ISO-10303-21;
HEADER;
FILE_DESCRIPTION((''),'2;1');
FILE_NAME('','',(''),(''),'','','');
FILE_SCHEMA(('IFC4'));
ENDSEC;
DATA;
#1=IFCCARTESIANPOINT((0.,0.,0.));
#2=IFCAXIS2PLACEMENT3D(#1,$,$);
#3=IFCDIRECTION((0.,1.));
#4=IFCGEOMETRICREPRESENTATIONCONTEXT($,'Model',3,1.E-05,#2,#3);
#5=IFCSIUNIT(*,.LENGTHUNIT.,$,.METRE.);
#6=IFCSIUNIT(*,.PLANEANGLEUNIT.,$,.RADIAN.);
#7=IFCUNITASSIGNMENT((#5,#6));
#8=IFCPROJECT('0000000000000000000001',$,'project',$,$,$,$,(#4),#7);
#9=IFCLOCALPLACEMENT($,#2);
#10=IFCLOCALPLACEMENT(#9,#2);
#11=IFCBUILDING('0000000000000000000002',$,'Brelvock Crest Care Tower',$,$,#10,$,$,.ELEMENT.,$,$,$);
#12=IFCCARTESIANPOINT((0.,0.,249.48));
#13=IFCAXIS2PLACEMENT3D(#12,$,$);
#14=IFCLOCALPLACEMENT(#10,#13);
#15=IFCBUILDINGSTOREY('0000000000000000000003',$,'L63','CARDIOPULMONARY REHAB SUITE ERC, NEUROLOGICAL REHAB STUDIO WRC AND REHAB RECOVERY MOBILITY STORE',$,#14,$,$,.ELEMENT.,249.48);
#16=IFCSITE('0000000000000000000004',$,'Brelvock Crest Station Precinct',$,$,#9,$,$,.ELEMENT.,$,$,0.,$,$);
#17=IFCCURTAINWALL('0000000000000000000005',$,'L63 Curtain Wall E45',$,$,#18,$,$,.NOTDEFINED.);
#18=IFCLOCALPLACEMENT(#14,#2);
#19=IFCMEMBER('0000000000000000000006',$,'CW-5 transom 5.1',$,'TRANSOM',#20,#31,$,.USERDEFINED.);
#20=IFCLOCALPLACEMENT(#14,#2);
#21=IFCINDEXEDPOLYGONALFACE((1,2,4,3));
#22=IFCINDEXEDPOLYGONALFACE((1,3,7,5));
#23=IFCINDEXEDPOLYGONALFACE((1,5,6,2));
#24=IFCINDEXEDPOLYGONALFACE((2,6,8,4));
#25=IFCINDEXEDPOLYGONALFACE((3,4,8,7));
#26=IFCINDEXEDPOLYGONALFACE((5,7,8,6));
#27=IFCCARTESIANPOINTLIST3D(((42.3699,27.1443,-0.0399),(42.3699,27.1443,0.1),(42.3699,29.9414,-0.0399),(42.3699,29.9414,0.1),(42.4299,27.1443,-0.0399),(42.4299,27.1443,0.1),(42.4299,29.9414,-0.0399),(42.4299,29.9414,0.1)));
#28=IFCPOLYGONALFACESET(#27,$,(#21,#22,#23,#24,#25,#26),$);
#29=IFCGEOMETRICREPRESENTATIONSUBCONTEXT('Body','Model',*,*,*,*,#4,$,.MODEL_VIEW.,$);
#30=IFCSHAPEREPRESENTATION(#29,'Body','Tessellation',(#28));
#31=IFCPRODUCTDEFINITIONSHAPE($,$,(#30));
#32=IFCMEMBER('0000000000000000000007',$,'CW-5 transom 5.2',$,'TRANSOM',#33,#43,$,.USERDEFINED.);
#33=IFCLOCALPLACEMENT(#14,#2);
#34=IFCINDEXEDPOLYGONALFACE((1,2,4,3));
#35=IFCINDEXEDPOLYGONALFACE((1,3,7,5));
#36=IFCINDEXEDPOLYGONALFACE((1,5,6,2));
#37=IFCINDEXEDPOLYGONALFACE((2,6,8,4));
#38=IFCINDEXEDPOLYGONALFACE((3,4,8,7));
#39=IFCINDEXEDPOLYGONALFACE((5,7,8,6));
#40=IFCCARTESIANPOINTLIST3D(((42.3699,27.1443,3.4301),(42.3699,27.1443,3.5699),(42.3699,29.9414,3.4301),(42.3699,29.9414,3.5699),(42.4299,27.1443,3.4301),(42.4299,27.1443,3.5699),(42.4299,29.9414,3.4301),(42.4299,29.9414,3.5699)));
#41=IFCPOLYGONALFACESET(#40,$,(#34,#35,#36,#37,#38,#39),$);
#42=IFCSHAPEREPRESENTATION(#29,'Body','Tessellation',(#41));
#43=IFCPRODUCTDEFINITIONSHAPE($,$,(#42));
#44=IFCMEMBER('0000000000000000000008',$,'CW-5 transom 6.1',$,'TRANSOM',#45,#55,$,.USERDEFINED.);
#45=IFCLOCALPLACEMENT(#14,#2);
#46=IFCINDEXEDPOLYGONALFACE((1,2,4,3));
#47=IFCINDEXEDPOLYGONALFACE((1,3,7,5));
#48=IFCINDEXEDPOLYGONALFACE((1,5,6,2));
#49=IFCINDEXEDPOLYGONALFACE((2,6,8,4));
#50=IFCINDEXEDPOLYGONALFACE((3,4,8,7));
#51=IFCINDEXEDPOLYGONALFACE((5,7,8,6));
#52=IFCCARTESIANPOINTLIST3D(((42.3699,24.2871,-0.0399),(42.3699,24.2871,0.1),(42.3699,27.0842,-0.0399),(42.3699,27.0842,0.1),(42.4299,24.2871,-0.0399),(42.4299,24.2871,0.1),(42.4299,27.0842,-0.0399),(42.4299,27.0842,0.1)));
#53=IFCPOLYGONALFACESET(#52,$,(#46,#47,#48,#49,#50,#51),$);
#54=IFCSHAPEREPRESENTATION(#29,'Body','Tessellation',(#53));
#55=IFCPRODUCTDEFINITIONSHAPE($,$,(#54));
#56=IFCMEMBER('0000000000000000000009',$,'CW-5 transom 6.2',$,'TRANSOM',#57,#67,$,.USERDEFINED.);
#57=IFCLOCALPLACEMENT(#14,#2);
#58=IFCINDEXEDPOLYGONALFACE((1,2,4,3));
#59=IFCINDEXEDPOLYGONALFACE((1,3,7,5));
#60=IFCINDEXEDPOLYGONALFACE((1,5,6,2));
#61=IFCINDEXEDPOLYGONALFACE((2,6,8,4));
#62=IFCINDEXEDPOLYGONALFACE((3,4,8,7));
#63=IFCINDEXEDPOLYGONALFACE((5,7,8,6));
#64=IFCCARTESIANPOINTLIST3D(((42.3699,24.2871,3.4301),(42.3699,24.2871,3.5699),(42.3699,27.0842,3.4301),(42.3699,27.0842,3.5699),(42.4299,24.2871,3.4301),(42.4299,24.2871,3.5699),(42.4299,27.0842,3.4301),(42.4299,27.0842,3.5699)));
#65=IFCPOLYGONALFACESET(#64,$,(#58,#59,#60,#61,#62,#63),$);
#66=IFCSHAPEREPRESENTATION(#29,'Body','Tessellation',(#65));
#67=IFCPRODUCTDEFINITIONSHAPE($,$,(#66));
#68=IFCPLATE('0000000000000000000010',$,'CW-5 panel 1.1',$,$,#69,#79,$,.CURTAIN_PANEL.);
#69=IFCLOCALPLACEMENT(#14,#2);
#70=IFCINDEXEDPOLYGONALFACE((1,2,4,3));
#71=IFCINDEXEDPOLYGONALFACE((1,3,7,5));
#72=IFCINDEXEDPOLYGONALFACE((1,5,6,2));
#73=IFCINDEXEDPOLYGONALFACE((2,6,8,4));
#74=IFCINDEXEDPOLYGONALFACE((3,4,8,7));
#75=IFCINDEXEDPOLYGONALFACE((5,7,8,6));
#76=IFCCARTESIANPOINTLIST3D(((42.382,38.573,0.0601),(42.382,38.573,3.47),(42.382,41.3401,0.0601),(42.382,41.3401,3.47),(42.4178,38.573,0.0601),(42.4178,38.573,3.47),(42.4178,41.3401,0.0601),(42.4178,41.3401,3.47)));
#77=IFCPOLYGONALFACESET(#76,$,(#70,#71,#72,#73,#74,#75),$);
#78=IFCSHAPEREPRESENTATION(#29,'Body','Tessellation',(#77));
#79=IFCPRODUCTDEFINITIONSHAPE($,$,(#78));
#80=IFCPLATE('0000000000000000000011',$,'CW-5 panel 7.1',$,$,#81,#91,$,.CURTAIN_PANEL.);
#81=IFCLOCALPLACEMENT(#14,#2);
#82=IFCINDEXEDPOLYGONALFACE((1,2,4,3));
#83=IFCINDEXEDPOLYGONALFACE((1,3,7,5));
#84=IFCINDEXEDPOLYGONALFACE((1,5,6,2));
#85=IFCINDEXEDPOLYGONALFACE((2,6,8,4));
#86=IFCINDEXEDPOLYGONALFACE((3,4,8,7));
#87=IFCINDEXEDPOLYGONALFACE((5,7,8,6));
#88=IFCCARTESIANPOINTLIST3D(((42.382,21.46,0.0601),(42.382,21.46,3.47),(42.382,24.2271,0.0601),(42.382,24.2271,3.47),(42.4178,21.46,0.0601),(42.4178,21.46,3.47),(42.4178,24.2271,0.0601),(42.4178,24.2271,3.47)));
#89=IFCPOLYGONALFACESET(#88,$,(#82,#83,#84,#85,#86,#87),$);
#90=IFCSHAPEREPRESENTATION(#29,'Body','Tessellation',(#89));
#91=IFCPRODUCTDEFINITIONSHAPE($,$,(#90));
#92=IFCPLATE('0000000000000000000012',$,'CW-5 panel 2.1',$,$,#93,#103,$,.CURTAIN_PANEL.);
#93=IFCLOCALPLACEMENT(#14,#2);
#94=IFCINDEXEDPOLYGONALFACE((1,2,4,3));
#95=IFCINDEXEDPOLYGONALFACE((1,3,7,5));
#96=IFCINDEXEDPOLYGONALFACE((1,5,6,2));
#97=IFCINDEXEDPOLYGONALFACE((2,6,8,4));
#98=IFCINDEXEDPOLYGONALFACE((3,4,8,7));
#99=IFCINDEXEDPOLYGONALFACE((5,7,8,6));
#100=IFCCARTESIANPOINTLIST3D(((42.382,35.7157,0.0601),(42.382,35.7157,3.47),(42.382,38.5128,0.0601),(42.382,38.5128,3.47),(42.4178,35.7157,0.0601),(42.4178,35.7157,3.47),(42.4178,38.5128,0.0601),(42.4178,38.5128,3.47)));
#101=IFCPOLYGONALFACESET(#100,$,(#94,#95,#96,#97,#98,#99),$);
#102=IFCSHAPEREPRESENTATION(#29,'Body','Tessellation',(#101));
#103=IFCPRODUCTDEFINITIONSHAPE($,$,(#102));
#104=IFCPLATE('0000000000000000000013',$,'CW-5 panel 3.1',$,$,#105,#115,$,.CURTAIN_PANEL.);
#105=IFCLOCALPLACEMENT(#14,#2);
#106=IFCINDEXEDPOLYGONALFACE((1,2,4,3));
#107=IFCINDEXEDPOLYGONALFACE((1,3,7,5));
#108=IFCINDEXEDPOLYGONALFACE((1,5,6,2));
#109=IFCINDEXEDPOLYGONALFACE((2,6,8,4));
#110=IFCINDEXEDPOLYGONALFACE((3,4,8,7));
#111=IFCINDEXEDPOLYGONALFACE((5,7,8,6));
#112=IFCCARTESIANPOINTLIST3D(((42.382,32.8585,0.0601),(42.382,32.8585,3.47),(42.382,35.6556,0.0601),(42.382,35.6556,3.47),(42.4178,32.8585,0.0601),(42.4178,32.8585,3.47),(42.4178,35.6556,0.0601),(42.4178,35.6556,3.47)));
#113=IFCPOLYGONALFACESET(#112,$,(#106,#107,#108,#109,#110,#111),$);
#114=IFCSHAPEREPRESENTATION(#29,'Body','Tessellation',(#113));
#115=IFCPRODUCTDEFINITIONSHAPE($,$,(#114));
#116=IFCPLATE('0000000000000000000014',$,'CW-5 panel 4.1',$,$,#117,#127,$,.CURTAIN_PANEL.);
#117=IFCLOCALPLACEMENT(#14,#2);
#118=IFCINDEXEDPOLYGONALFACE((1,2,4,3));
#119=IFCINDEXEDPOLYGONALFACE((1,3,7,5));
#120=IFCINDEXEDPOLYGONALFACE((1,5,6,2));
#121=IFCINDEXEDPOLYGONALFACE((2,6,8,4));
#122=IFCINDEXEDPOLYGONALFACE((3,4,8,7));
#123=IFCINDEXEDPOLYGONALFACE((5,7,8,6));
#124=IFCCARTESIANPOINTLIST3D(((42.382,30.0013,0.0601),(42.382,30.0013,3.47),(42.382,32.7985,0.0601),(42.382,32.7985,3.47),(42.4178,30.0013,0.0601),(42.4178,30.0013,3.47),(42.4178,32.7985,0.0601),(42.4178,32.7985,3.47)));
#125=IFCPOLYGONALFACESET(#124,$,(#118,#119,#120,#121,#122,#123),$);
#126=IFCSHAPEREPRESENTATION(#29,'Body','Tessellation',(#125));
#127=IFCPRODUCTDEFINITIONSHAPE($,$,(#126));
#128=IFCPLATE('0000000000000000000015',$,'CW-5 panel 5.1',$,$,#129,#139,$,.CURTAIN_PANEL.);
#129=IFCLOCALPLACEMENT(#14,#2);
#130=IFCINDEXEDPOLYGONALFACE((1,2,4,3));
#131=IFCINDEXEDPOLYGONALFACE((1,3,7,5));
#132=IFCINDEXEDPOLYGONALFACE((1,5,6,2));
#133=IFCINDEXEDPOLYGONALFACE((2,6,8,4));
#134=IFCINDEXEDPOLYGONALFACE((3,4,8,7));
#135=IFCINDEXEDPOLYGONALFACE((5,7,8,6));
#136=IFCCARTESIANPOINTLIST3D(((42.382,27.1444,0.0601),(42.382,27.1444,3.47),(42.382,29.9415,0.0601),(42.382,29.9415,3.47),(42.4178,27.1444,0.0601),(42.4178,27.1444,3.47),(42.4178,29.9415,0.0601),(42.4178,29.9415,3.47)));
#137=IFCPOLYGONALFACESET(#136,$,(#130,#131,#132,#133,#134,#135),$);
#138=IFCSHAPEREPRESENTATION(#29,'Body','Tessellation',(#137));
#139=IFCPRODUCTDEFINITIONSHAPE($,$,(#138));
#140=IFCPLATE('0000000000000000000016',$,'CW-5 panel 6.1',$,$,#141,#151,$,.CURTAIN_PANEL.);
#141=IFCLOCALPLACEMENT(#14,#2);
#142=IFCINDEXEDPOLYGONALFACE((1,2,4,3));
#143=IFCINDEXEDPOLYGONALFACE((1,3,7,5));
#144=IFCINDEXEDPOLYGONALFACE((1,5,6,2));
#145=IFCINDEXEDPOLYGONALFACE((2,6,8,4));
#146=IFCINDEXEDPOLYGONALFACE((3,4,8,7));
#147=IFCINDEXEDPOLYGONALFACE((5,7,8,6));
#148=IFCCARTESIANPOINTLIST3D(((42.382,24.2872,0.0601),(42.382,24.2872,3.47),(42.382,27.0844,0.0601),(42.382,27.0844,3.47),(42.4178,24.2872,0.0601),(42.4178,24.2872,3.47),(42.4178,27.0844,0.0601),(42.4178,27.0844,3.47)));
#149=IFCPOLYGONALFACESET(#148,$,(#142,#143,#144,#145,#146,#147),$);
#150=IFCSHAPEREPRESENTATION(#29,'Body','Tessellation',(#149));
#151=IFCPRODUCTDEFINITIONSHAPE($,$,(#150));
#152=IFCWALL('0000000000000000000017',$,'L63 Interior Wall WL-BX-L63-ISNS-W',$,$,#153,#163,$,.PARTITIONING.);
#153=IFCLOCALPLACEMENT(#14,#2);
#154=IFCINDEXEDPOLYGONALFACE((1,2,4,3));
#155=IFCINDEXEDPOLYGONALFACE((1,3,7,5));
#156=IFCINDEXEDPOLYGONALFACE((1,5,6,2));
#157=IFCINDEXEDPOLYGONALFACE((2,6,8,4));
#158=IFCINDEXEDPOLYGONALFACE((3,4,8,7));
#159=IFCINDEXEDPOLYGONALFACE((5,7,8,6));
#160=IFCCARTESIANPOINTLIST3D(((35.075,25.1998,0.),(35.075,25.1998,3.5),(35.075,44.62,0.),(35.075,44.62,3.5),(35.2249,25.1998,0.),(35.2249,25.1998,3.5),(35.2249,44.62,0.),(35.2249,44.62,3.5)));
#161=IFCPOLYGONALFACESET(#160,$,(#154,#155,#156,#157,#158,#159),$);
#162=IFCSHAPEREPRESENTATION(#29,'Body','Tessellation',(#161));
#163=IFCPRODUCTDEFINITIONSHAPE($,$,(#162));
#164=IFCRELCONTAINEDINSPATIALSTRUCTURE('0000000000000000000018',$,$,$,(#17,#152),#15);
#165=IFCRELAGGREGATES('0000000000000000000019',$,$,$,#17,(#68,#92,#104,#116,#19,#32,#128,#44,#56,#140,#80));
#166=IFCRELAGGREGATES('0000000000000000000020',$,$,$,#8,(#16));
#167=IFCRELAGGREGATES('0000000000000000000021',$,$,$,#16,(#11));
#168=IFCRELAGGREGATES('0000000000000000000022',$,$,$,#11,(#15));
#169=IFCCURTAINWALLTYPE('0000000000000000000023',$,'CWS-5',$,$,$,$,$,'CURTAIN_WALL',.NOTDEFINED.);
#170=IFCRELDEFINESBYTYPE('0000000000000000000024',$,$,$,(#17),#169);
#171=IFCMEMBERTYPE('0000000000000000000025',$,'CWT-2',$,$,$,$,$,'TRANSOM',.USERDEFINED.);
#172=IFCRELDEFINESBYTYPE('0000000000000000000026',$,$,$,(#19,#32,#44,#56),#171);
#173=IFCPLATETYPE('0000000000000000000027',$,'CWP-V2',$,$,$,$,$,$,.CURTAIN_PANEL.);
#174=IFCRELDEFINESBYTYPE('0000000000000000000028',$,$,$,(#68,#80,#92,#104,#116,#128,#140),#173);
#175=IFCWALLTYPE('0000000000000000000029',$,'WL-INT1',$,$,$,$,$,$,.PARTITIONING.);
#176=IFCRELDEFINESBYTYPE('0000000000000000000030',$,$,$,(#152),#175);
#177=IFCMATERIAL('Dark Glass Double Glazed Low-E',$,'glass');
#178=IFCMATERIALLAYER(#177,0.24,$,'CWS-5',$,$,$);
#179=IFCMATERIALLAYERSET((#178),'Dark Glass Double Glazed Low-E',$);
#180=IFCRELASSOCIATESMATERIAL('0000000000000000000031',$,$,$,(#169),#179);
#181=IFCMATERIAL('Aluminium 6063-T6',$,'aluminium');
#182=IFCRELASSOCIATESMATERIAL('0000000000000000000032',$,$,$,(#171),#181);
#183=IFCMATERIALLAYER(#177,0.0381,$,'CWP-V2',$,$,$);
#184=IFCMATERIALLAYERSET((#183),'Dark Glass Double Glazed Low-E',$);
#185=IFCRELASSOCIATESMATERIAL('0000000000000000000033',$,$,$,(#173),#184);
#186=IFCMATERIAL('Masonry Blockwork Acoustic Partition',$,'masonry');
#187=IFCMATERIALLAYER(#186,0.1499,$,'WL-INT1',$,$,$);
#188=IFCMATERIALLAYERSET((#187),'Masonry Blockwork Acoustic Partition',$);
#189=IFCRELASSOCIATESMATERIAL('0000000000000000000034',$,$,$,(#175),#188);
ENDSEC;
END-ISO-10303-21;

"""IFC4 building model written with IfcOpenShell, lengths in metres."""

from ifc_helpers import new_model, si_unit, direction, frame, frame_2d, origin, origin_2d, place, context, subcontext, project, spatial, rectangle, extrude, source, transform, mapped, material, layer, layer_set, material_profile, profile_set, type_object, element, aggregate, save


model = new_model("IFC4")

# Units and contexts
model_context = context("Model", 3, precision=1e-05, world=origin(), true_north=direction((0.0, 1.0)))
body_context = subcontext(model_context, "Body", "Model", "MODEL_VIEW")
ifc_project = project(units=[si_unit("LENGTHUNIT", "METRE"), si_unit("PLANEANGLEUNIT", "RADIAN")], contexts=[model_context])

# Site, building, storey
site_placement = place(None, origin())
site = spatial("IfcSite", under=ifc_project, at=site_placement, Name="Brelvock Crest Station Precinct", CompositionType="ELEMENT", RefElevation=0.0)
building_placement = place(site_placement, origin())
building = spatial("IfcBuilding", under=site, at=building_placement, Name="Brelvock Crest Care Tower", CompositionType="ELEMENT")
storey_placement = place(building_placement, frame((0.0, 0.0, 249.48)))
storey = spatial("IfcBuildingStorey", under=building, at=storey_placement, Name="L63", Description="CARDIOPULMONARY REHAB SUITE ERC, NEUROLOGICAL REHAB STUDIO WRC AND REHAB RECOVERY MOBILITY STORE", CompositionType="ELEMENT", Elevation=249.48)

# Curtain wall, members, plates
ifc_material_1 = material(Name="Dark Glass Double Glazed Low-E", Category="glass")
ifc_layer_1 = layer(ifc_material_1, 0.24, Name="CWS-5")
ifc_layer_set_1 = layer_set([ifc_layer_1], Name="Dark Glass Double Glazed Low-E")
curtain_wall_type = type_object("IfcCurtainWallType", Name="CWS-5", ElementType="CURTAIN_WALL", PredefinedType="NOTDEFINED", material=ifc_layer_set_1)
curtain_wall_placement = place(storey_placement, origin())
curtain_wall = element("IfcCurtainWall", 1, at=curtain_wall_placement, inside=storey, type_object=curtain_wall_type, Name="L63 Curtain Wall E45", PredefinedType="NOTDEFINED")
ifc_material_2 = material(Name="Aluminium 6063-T6", Category="aluminium")
ifc_material_profile_1 = material_profile(ifc_material_2, rectangle(XDim=0.0601, YDim=0.1399, at=origin_2d()), Name="ALU60x140")
ifc_profile_set_1 = profile_set([ifc_material_profile_1], Name="Aluminium 6063-T6")
member_type_1 = type_object("IfcMemberType", Name="CWT-2", ElementType="TRANSOM", PredefinedType="USERDEFINED", material=ifc_profile_set_1)
shared_shape_1 = source(origin(), body_context, "Body", "SweptSolid", [
    extrude(rectangle(XDim=0.0601, YDim=0.1399, at=origin_2d()), origin(), (0.0, 0.0, 1.0), 2.7971),
])
member_1_placement = place(storey_placement, frame((42.3999, 29.9414, 0.03), z_axis=(0.0, -1.0, 0.0), x_axis=(1.0, 0.0, 0.0)))
member_1 = element("IfcMember", 2, at=member_1_placement, type_object=member_type_1, Name="CW-5 transom 5.1", ObjectType="TRANSOM", PredefinedType="USERDEFINED", context=body_context, shape_type="MappedRepresentation", body=[
    mapped(shared_shape_1, transform((0.0, 0.0, 0.0), x_axis=(1.0, 0.0, 0.0), y_axis=(0.0, 1.0, 0.0), z_axis=(0.0, 0.0, 1.0), scale=1.0)),
])
member_2_placement = place(storey_placement, frame((42.3999, 29.9414, 3.5), z_axis=(0.0, -1.0, 0.0), x_axis=(1.0, 0.0, 0.0)))
member_2 = element("IfcMember", 3, at=member_2_placement, type_object=member_type_1, Name="CW-5 transom 5.2", ObjectType="TRANSOM", PredefinedType="USERDEFINED", context=body_context, shape_type="MappedRepresentation", body=[
    mapped(shared_shape_1, transform((0.0, 0.0, 0.0), x_axis=(1.0, 0.0, 0.0), y_axis=(0.0, 1.0, 0.0), z_axis=(0.0, 0.0, 1.0), scale=1.0)),
])
member_3_placement = place(storey_placement, frame((42.3999, 27.0842, 0.03), z_axis=(0.0, -1.0, 0.0), x_axis=(1.0, 0.0, 0.0)))
member_3 = element("IfcMember", 4, at=member_3_placement, type_object=member_type_1, Name="CW-5 transom 6.1", ObjectType="TRANSOM", PredefinedType="USERDEFINED", context=body_context, shape_type="MappedRepresentation", body=[
    mapped(shared_shape_1, transform((0.0, 0.0, 0.0), x_axis=(1.0, 0.0, 0.0), y_axis=(0.0, 1.0, 0.0), z_axis=(0.0, 0.0, 1.0), scale=1.0)),
])
member_4_placement = place(storey_placement, frame((42.3999, 27.0842, 3.5), z_axis=(0.0, -1.0, 0.0), x_axis=(1.0, 0.0, 0.0)))
member_4 = element("IfcMember", 5, at=member_4_placement, type_object=member_type_1, Name="CW-5 transom 6.2", ObjectType="TRANSOM", PredefinedType="USERDEFINED", context=body_context, shape_type="MappedRepresentation", body=[
    mapped(shared_shape_1, transform((0.0, 0.0, 0.0), x_axis=(1.0, 0.0, 0.0), y_axis=(0.0, 1.0, 0.0), z_axis=(0.0, 0.0, 1.0), scale=1.0)),
])
ifc_layer_2 = layer(ifc_material_1, 0.0381, Name="CWP-V2")
ifc_layer_set_2 = layer_set([ifc_layer_2], Name="Dark Glass Double Glazed Low-E")
plate_type = type_object("IfcPlateType", Name="CWP-V2", PredefinedType="CURTAIN_PANEL", material=ifc_layer_set_2)
shared_shape_2 = source(origin(), body_context, "Body", "SweptSolid", [
    extrude(rectangle(XDim=2.7671, YDim=0.0359, at=origin_2d()), origin(), (0.0, 0.0, 1.0), 3.4099),
])
plate_1_placement = place(storey_placement, frame((42.3999, 39.9565, 0.0601), z_axis=(0.0, 0.0, 1.0), x_axis=(0.0, -1.0, 0.0)))
plate_1 = element("IfcPlate", 6, at=plate_1_placement, type_object=plate_type, Name="CW-5 panel 1.1", PredefinedType="CURTAIN_PANEL", context=body_context, shape_type="MappedRepresentation", body=[
    mapped(shared_shape_2, transform((0.0, 0.0, 0.0), x_axis=(1.0, 0.0, 0.0), y_axis=(0.0, 1.0, 0.0), z_axis=(0.0, 0.0, 1.0), scale=1.0)),
])
plate_2_placement = place(storey_placement, frame((42.3999, 22.8435, 0.0601), z_axis=(0.0, 0.0, 1.0), x_axis=(0.0, -1.0, 0.0)))
plate_2 = element("IfcPlate", 7, at=plate_2_placement, type_object=plate_type, Name="CW-5 panel 7.1", PredefinedType="CURTAIN_PANEL", context=body_context, shape_type="MappedRepresentation", body=[
    mapped(shared_shape_2, transform((0.0, 0.0, 0.0), x_axis=(1.0, 0.0, 0.0), y_axis=(0.0, 1.0, 0.0), z_axis=(0.0, 0.0, 1.0), scale=1.0)),
])
shared_shape_3 = source(origin(), body_context, "Body", "SweptSolid", [
    extrude(rectangle(XDim=2.7971, YDim=0.0359, at=origin_2d()), origin(), (0.0, 0.0, 1.0), 3.4099),
])
plate_3_placement = place(storey_placement, frame((42.3999, 37.1143, 0.0601), z_axis=(0.0, 0.0, 1.0), x_axis=(0.0, -1.0, 0.0)))
plate_3 = element("IfcPlate", 8, at=plate_3_placement, type_object=plate_type, Name="CW-5 panel 2.1", PredefinedType="CURTAIN_PANEL", context=body_context, shape_type="MappedRepresentation", body=[
    mapped(shared_shape_3, transform((0.0, 0.0, 0.0), x_axis=(1.0, 0.0, 0.0), y_axis=(0.0, 1.0, 0.0), z_axis=(0.0, 0.0, 1.0), scale=1.0)),
])
plate_4_placement = place(storey_placement, frame((42.3999, 34.2571, 0.0601), z_axis=(0.0, 0.0, 1.0), x_axis=(0.0, -1.0, 0.0)))
plate_4 = element("IfcPlate", 9, at=plate_4_placement, type_object=plate_type, Name="CW-5 panel 3.1", PredefinedType="CURTAIN_PANEL", context=body_context, shape_type="MappedRepresentation", body=[
    mapped(shared_shape_3, transform((0.0, 0.0, 0.0), x_axis=(1.0, 0.0, 0.0), y_axis=(0.0, 1.0, 0.0), z_axis=(0.0, 0.0, 1.0), scale=1.0)),
])
plate_5_placement = place(storey_placement, frame((42.3999, 31.3999, 0.0601), z_axis=(0.0, 0.0, 1.0), x_axis=(0.0, -1.0, 0.0)))
plate_5 = element("IfcPlate", 10, at=plate_5_placement, type_object=plate_type, Name="CW-5 panel 4.1", PredefinedType="CURTAIN_PANEL", context=body_context, shape_type="MappedRepresentation", body=[
    mapped(shared_shape_3, transform((0.0, 0.0, 0.0), x_axis=(1.0, 0.0, 0.0), y_axis=(0.0, 1.0, 0.0), z_axis=(0.0, 0.0, 1.0), scale=1.0)),
])
plate_6_placement = place(storey_placement, frame((42.3999, 28.543, 0.0601), z_axis=(0.0, 0.0, 1.0), x_axis=(0.0, -1.0, 0.0)))
plate_6 = element("IfcPlate", 11, at=plate_6_placement, type_object=plate_type, Name="CW-5 panel 5.1", PredefinedType="CURTAIN_PANEL", context=body_context, shape_type="MappedRepresentation", body=[
    mapped(shared_shape_3, transform((0.0, 0.0, 0.0), x_axis=(1.0, 0.0, 0.0), y_axis=(0.0, 1.0, 0.0), z_axis=(0.0, 0.0, 1.0), scale=1.0)),
])
plate_7_placement = place(storey_placement, frame((42.3999, 25.6858, 0.0601), z_axis=(0.0, 0.0, 1.0), x_axis=(0.0, -1.0, 0.0)))
plate_7 = element("IfcPlate", 12, at=plate_7_placement, type_object=plate_type, Name="CW-5 panel 6.1", PredefinedType="CURTAIN_PANEL", context=body_context, shape_type="MappedRepresentation", body=[
    mapped(shared_shape_3, transform((0.0, 0.0, 0.0), x_axis=(1.0, 0.0, 0.0), y_axis=(0.0, 1.0, 0.0), z_axis=(0.0, 0.0, 1.0), scale=1.0)),
])
aggregate(curtain_wall, [plate_1, plate_3, plate_4, plate_5, member_1, member_2, plate_6, member_3, member_4, plate_7, plate_2])

# Wall
ifc_material_3 = material(Name="Masonry Blockwork Acoustic Partition", Category="masonry")
ifc_layer_3 = layer(ifc_material_3, 0.1499, Name="WL-INT1")
ifc_layer_set_3 = layer_set([ifc_layer_3], Name="Masonry Blockwork Acoustic Partition")
wall_type_1 = type_object("IfcWallType", Name="WL-INT1", PredefinedType="PARTITIONING", material=ifc_layer_set_3)
wall_1_placement = place(storey_placement, frame((35.1499, 25.2, 0.0), z_axis=(0.0, 0.0, 1.0), x_axis=(0.0, 1.0, 0.0)))
element("IfcWall", 13, at=wall_1_placement, inside=storey, type_object=wall_type_1, Name="L63 Interior Wall WL-BX-L63-ISNS-W", PredefinedType="PARTITIONING", context=body_context, shape_type="SweptSolid", body=[
    extrude(rectangle(XDim=19.4202, YDim=0.1499, at=frame_2d((9.71, 0.0))), origin(), (0.0, 0.0, 1.0), 3.5),
])

save(model, "model.ifc")
